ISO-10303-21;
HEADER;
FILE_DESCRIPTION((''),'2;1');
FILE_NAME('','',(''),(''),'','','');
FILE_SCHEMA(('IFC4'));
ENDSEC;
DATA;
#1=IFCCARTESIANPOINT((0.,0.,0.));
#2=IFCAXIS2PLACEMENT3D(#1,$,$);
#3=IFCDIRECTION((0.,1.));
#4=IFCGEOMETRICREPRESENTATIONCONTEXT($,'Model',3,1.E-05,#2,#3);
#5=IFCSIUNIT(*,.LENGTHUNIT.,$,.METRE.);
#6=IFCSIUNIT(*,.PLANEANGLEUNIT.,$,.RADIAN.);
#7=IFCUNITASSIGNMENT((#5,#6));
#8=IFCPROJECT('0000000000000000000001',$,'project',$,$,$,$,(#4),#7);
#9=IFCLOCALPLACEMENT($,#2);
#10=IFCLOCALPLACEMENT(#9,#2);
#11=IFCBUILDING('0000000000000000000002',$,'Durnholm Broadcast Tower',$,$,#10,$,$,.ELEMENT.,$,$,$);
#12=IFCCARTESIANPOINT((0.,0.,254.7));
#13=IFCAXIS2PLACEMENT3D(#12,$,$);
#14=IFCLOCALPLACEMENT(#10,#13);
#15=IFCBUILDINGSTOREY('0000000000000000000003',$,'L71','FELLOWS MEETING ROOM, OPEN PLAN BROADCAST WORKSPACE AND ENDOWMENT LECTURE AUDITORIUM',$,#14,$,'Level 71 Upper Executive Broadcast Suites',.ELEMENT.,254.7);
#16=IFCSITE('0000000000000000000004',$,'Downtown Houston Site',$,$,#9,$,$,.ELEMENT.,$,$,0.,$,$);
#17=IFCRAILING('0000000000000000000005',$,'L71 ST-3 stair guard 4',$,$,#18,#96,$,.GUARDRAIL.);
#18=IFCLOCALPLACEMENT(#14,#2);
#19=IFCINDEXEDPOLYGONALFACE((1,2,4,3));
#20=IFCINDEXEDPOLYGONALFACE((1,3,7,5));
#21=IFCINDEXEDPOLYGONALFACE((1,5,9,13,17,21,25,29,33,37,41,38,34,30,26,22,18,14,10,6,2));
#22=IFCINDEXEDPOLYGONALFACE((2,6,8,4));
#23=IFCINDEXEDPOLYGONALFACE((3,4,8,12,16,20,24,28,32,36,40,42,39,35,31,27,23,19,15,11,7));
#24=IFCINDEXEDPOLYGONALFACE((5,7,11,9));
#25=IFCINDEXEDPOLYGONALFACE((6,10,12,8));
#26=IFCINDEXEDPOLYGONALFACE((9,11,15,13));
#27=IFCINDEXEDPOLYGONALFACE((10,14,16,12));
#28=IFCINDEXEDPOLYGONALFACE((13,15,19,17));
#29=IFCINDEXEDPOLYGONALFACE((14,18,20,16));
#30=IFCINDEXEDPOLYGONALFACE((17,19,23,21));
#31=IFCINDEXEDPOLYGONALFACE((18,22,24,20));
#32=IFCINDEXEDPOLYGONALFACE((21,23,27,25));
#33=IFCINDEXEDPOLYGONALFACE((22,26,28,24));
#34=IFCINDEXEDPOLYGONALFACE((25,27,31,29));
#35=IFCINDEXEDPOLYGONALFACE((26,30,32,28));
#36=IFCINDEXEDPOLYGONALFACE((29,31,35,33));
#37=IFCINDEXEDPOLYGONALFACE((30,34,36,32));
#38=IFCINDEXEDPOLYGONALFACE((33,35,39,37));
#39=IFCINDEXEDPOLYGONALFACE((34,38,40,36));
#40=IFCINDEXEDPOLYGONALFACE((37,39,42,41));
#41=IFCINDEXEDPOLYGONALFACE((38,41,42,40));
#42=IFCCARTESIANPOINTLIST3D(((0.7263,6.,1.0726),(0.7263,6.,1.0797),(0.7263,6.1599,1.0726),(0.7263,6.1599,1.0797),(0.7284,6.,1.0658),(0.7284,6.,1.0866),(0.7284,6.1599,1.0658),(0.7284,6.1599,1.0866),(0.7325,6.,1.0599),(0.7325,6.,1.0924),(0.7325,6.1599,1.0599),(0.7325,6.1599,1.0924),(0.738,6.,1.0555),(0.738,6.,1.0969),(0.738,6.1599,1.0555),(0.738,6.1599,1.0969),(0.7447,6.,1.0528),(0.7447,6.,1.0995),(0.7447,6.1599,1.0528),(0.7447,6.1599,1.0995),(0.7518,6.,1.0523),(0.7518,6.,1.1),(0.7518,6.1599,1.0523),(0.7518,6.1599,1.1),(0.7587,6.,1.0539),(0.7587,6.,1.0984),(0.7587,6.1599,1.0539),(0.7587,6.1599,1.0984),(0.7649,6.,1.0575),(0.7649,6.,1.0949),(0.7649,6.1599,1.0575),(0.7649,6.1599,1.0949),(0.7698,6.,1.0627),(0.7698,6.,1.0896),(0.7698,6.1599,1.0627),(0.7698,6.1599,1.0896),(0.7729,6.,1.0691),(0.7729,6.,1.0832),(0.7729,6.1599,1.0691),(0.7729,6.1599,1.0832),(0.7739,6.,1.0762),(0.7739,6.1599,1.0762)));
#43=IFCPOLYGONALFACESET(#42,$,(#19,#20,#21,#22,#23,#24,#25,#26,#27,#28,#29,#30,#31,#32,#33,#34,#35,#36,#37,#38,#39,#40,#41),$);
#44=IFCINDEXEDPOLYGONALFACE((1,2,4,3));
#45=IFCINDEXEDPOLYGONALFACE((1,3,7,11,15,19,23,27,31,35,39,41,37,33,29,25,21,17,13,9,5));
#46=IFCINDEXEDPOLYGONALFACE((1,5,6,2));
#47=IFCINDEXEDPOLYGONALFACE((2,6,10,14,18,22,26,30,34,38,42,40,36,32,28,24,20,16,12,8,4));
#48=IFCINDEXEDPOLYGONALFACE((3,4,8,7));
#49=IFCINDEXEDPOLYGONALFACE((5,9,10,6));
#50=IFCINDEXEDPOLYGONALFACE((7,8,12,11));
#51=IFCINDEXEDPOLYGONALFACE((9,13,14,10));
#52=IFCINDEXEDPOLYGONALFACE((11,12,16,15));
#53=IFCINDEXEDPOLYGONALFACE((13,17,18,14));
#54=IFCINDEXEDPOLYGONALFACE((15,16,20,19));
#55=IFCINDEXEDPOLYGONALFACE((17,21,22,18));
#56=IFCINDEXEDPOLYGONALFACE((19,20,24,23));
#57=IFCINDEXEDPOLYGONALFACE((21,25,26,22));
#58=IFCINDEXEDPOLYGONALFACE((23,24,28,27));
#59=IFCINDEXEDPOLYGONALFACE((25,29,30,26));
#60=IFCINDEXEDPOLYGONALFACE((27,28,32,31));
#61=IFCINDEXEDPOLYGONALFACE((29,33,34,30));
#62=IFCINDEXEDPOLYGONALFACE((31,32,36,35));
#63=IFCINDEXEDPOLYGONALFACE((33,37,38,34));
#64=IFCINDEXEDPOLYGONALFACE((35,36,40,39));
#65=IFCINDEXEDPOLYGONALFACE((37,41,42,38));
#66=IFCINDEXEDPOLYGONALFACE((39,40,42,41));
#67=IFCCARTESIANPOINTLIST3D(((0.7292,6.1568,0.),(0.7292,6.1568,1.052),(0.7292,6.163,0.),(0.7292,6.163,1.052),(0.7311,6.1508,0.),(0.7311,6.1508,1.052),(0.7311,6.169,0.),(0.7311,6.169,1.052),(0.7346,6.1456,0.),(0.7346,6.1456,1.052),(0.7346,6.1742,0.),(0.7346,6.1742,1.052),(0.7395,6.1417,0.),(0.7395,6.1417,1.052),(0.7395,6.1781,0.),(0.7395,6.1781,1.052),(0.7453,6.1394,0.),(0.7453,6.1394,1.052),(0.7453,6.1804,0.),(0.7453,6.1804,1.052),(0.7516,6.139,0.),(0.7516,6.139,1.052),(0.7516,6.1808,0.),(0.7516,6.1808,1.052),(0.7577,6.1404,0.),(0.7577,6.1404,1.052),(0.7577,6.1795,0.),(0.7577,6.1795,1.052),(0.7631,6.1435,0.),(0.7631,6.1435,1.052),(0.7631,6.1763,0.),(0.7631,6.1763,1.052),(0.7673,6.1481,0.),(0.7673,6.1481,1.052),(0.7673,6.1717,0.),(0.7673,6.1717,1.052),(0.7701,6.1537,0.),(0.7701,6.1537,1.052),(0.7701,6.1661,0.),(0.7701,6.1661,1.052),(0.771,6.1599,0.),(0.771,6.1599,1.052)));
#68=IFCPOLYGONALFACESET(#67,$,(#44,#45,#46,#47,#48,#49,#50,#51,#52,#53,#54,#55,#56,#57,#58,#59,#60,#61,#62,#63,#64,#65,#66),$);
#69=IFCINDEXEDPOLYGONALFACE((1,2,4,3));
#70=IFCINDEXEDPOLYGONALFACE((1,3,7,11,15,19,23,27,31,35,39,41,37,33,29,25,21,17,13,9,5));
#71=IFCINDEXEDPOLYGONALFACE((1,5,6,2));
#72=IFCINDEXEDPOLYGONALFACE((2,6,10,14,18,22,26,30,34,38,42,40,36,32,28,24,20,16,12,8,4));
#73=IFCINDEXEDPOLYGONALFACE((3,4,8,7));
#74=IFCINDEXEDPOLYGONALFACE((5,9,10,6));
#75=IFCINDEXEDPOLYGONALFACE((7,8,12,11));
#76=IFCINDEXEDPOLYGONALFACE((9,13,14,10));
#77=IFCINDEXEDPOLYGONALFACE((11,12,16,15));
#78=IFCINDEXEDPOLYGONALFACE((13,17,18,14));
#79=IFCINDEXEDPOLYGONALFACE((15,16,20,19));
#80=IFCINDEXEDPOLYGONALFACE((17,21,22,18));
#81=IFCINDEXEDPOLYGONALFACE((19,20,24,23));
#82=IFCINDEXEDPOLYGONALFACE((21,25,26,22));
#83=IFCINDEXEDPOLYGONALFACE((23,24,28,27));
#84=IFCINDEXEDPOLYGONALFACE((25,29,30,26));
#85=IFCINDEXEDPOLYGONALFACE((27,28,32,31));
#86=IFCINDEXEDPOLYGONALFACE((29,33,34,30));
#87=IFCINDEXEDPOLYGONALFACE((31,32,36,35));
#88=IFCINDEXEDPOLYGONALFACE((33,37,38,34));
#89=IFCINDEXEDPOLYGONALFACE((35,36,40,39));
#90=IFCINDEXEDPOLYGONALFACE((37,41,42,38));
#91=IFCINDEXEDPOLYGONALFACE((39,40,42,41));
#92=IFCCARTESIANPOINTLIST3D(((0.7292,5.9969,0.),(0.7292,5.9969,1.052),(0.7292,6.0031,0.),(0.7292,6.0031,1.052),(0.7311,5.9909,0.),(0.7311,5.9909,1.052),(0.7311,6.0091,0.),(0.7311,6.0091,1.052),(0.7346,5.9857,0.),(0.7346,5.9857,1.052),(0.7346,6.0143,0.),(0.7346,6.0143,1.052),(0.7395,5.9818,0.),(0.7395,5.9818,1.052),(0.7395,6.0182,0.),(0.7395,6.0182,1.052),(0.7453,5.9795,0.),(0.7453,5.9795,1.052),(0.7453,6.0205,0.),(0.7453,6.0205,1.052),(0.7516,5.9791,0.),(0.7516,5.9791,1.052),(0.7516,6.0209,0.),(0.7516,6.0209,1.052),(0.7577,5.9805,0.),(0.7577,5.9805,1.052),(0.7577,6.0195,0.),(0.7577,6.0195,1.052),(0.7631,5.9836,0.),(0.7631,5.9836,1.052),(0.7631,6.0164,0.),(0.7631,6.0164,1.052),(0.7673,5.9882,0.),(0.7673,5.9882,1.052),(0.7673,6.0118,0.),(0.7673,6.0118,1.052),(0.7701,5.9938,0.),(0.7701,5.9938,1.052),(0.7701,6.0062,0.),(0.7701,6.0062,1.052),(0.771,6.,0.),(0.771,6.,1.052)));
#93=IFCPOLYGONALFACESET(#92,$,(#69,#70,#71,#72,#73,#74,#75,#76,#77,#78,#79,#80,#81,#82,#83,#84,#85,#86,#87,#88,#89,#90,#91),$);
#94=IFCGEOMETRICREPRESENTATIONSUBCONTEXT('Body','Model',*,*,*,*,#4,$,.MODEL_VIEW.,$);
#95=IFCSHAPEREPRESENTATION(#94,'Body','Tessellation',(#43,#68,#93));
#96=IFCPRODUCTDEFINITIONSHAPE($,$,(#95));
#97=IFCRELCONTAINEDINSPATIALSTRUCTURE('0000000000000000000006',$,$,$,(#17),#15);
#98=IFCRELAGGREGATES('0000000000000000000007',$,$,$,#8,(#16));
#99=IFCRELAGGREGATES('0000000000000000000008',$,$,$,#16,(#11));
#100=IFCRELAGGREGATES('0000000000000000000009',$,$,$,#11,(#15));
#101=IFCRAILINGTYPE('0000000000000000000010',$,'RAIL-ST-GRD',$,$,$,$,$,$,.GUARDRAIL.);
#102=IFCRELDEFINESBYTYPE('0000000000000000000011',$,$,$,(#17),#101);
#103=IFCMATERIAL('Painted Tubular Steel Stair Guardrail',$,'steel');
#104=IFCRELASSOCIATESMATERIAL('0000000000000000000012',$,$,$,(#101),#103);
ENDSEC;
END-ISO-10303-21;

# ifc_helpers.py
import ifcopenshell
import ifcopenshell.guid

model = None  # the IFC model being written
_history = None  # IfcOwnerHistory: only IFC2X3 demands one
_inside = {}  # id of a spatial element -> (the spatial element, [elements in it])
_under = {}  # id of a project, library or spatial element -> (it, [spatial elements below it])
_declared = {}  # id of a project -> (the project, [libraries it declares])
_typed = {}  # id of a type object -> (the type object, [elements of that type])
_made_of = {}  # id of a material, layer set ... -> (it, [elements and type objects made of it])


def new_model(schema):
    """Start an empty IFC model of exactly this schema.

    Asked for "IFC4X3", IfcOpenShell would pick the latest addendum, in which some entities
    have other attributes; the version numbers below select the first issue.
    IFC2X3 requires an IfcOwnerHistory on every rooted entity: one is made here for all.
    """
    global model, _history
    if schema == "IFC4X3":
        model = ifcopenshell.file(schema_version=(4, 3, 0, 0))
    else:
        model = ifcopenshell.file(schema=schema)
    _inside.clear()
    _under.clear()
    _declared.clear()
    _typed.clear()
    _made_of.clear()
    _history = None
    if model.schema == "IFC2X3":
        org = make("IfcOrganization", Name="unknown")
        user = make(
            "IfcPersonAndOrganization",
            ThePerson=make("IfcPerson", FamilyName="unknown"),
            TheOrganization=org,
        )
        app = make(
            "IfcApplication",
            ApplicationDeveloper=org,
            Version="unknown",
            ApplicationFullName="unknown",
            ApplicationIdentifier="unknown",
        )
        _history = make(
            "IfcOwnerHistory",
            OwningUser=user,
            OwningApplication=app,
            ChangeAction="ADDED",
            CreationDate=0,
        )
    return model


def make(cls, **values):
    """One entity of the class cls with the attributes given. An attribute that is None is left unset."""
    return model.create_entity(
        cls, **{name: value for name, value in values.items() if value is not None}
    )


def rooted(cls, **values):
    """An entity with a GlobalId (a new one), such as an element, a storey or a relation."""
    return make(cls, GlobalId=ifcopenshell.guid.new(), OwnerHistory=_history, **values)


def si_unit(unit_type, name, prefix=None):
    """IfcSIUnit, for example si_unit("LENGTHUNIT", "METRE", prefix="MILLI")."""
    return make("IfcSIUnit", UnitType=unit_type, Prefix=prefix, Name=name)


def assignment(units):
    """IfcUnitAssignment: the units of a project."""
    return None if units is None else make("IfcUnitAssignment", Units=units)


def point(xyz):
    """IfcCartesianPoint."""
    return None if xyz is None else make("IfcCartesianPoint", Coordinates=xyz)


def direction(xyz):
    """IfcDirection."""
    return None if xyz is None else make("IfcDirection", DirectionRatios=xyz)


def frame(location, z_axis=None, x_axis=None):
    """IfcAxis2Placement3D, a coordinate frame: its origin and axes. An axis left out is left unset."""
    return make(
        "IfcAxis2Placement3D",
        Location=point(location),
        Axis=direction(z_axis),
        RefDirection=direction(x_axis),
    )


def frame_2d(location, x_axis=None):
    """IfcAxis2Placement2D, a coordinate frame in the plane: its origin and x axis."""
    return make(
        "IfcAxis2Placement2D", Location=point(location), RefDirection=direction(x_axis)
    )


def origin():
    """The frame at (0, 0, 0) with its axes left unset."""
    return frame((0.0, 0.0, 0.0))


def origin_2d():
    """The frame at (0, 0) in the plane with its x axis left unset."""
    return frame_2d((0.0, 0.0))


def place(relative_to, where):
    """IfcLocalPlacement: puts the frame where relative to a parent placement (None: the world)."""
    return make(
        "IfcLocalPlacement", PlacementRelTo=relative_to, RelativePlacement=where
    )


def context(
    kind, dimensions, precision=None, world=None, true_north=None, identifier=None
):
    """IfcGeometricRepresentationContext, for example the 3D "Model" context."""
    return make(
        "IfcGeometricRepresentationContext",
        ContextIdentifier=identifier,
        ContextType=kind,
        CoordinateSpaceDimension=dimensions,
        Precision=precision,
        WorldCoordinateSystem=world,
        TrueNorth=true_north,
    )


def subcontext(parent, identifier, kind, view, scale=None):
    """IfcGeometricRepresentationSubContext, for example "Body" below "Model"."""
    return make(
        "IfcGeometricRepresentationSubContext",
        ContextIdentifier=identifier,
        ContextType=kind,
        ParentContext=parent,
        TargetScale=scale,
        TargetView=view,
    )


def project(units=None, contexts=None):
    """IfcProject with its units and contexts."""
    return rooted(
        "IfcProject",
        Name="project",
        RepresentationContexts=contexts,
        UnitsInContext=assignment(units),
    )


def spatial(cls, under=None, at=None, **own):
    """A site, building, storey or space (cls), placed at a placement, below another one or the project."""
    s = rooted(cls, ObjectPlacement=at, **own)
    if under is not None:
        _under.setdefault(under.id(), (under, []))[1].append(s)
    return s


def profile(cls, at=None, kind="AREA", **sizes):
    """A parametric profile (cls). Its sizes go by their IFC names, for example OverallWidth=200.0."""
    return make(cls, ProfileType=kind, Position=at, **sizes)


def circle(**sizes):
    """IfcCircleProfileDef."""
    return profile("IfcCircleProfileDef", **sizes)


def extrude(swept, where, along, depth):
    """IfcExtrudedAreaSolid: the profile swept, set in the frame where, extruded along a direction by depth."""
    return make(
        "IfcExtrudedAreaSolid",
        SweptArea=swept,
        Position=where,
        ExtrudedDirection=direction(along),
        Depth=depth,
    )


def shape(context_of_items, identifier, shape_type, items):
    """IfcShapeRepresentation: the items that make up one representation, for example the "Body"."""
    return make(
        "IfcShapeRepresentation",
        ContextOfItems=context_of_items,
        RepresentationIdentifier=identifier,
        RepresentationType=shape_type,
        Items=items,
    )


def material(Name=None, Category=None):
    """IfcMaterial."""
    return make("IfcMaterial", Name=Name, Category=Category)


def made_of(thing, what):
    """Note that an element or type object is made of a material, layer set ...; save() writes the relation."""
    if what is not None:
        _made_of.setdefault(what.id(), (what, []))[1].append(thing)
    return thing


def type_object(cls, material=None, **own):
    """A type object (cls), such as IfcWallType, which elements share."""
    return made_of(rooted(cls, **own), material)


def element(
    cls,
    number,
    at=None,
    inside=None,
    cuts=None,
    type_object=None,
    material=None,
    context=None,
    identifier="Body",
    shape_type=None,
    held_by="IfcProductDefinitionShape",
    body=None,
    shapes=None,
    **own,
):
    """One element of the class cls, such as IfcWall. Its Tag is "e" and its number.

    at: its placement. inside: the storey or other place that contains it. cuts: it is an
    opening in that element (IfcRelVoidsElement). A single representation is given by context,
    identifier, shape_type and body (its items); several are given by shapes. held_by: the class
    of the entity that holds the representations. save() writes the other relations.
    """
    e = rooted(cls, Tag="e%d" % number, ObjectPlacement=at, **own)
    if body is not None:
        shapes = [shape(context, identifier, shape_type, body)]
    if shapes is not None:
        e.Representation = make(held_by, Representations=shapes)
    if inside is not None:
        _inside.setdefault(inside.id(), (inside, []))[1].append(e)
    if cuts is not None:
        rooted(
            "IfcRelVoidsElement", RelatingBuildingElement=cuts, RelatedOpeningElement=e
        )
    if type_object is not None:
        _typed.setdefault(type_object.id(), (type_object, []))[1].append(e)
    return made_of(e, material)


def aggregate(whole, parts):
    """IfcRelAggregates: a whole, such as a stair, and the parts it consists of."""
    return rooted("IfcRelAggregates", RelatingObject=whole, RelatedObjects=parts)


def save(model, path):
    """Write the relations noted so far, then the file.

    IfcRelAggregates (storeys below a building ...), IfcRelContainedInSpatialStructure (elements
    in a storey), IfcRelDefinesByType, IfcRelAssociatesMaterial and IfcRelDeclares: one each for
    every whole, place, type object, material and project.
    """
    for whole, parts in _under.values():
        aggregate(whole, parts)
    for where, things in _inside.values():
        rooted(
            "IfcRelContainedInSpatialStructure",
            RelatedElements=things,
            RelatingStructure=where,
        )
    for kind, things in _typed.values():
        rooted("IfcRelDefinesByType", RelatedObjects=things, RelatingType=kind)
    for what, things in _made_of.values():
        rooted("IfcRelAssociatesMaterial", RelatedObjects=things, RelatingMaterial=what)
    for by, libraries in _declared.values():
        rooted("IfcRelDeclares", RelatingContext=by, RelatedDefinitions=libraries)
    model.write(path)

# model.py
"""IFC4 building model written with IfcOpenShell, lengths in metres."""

from ifc_helpers import new_model, si_unit, direction, frame, origin, origin_2d, place, context, subcontext, project, spatial, circle, extrude, material, type_object, element, save


model = new_model("IFC4")

# Units and contexts
model_context = context("Model", 3, precision=1e-05, world=origin(), true_north=direction((0.0, 1.0)))
body_context = subcontext(model_context, "Body", "Model", "MODEL_VIEW")
ifc_project = project(units=[si_unit("LENGTHUNIT", "METRE"), si_unit("PLANEANGLEUNIT", "RADIAN")], contexts=[model_context])

# Site, building, storey
site_placement = place(None, origin())
site = spatial("IfcSite", under=ifc_project, at=site_placement, Name="Downtown Houston Site", CompositionType="ELEMENT", RefElevation=0.0)
building_placement = place(site_placement, origin())
building = spatial("IfcBuilding", under=site, at=building_placement, Name="Durnholm Broadcast Tower", CompositionType="ELEMENT")
storey_placement = place(building_placement, frame((0.0, 0.0, 254.7)))
storey = spatial("IfcBuildingStorey", under=building, at=storey_placement, Name="L71", Description="FELLOWS MEETING ROOM, OPEN PLAN BROADCAST WORKSPACE AND ENDOWMENT LECTURE AUDITORIUM", LongName="Level 71 Upper Executive Broadcast Suites", CompositionType="ELEMENT", Elevation=254.7)

# Railing
ifc_material_1 = material(Name="Painted Tubular Steel Stair Guardrail", Category="steel")
railing_type = type_object("IfcRailingType", Name="RAIL-ST-GRD", PredefinedType="GUARDRAIL", material=ifc_material_1)
railing_1_placement = place(storey_placement, frame((0.75, 6.1599, 0.0)))
element("IfcRailing", 1, at=railing_1_placement, inside=storey, type_object=railing_type, Name="L71 ST-3 stair guard 4", PredefinedType="GUARDRAIL", context=body_context, shape_type="SweptSolid", body=[
    extrude(circle(Radius=0.0239, at=origin_2d()), frame((0.0, 0.0, 1.0762), z_axis=(0.0, -1.0, 0.0), x_axis=(1.0, 0.0, 0.0)), (0.0, 0.0, 1.0), 0.1599),
    extrude(circle(Radius=0.021, at=origin_2d()), origin(), (0.0, 0.0, 1.0), 1.052),
    extrude(circle(Radius=0.021, at=origin_2d()), frame((0.0, -0.1599, 0.0)), (0.0, 0.0, 1.0), 1.052),
])

save(model, "model.ifc")
